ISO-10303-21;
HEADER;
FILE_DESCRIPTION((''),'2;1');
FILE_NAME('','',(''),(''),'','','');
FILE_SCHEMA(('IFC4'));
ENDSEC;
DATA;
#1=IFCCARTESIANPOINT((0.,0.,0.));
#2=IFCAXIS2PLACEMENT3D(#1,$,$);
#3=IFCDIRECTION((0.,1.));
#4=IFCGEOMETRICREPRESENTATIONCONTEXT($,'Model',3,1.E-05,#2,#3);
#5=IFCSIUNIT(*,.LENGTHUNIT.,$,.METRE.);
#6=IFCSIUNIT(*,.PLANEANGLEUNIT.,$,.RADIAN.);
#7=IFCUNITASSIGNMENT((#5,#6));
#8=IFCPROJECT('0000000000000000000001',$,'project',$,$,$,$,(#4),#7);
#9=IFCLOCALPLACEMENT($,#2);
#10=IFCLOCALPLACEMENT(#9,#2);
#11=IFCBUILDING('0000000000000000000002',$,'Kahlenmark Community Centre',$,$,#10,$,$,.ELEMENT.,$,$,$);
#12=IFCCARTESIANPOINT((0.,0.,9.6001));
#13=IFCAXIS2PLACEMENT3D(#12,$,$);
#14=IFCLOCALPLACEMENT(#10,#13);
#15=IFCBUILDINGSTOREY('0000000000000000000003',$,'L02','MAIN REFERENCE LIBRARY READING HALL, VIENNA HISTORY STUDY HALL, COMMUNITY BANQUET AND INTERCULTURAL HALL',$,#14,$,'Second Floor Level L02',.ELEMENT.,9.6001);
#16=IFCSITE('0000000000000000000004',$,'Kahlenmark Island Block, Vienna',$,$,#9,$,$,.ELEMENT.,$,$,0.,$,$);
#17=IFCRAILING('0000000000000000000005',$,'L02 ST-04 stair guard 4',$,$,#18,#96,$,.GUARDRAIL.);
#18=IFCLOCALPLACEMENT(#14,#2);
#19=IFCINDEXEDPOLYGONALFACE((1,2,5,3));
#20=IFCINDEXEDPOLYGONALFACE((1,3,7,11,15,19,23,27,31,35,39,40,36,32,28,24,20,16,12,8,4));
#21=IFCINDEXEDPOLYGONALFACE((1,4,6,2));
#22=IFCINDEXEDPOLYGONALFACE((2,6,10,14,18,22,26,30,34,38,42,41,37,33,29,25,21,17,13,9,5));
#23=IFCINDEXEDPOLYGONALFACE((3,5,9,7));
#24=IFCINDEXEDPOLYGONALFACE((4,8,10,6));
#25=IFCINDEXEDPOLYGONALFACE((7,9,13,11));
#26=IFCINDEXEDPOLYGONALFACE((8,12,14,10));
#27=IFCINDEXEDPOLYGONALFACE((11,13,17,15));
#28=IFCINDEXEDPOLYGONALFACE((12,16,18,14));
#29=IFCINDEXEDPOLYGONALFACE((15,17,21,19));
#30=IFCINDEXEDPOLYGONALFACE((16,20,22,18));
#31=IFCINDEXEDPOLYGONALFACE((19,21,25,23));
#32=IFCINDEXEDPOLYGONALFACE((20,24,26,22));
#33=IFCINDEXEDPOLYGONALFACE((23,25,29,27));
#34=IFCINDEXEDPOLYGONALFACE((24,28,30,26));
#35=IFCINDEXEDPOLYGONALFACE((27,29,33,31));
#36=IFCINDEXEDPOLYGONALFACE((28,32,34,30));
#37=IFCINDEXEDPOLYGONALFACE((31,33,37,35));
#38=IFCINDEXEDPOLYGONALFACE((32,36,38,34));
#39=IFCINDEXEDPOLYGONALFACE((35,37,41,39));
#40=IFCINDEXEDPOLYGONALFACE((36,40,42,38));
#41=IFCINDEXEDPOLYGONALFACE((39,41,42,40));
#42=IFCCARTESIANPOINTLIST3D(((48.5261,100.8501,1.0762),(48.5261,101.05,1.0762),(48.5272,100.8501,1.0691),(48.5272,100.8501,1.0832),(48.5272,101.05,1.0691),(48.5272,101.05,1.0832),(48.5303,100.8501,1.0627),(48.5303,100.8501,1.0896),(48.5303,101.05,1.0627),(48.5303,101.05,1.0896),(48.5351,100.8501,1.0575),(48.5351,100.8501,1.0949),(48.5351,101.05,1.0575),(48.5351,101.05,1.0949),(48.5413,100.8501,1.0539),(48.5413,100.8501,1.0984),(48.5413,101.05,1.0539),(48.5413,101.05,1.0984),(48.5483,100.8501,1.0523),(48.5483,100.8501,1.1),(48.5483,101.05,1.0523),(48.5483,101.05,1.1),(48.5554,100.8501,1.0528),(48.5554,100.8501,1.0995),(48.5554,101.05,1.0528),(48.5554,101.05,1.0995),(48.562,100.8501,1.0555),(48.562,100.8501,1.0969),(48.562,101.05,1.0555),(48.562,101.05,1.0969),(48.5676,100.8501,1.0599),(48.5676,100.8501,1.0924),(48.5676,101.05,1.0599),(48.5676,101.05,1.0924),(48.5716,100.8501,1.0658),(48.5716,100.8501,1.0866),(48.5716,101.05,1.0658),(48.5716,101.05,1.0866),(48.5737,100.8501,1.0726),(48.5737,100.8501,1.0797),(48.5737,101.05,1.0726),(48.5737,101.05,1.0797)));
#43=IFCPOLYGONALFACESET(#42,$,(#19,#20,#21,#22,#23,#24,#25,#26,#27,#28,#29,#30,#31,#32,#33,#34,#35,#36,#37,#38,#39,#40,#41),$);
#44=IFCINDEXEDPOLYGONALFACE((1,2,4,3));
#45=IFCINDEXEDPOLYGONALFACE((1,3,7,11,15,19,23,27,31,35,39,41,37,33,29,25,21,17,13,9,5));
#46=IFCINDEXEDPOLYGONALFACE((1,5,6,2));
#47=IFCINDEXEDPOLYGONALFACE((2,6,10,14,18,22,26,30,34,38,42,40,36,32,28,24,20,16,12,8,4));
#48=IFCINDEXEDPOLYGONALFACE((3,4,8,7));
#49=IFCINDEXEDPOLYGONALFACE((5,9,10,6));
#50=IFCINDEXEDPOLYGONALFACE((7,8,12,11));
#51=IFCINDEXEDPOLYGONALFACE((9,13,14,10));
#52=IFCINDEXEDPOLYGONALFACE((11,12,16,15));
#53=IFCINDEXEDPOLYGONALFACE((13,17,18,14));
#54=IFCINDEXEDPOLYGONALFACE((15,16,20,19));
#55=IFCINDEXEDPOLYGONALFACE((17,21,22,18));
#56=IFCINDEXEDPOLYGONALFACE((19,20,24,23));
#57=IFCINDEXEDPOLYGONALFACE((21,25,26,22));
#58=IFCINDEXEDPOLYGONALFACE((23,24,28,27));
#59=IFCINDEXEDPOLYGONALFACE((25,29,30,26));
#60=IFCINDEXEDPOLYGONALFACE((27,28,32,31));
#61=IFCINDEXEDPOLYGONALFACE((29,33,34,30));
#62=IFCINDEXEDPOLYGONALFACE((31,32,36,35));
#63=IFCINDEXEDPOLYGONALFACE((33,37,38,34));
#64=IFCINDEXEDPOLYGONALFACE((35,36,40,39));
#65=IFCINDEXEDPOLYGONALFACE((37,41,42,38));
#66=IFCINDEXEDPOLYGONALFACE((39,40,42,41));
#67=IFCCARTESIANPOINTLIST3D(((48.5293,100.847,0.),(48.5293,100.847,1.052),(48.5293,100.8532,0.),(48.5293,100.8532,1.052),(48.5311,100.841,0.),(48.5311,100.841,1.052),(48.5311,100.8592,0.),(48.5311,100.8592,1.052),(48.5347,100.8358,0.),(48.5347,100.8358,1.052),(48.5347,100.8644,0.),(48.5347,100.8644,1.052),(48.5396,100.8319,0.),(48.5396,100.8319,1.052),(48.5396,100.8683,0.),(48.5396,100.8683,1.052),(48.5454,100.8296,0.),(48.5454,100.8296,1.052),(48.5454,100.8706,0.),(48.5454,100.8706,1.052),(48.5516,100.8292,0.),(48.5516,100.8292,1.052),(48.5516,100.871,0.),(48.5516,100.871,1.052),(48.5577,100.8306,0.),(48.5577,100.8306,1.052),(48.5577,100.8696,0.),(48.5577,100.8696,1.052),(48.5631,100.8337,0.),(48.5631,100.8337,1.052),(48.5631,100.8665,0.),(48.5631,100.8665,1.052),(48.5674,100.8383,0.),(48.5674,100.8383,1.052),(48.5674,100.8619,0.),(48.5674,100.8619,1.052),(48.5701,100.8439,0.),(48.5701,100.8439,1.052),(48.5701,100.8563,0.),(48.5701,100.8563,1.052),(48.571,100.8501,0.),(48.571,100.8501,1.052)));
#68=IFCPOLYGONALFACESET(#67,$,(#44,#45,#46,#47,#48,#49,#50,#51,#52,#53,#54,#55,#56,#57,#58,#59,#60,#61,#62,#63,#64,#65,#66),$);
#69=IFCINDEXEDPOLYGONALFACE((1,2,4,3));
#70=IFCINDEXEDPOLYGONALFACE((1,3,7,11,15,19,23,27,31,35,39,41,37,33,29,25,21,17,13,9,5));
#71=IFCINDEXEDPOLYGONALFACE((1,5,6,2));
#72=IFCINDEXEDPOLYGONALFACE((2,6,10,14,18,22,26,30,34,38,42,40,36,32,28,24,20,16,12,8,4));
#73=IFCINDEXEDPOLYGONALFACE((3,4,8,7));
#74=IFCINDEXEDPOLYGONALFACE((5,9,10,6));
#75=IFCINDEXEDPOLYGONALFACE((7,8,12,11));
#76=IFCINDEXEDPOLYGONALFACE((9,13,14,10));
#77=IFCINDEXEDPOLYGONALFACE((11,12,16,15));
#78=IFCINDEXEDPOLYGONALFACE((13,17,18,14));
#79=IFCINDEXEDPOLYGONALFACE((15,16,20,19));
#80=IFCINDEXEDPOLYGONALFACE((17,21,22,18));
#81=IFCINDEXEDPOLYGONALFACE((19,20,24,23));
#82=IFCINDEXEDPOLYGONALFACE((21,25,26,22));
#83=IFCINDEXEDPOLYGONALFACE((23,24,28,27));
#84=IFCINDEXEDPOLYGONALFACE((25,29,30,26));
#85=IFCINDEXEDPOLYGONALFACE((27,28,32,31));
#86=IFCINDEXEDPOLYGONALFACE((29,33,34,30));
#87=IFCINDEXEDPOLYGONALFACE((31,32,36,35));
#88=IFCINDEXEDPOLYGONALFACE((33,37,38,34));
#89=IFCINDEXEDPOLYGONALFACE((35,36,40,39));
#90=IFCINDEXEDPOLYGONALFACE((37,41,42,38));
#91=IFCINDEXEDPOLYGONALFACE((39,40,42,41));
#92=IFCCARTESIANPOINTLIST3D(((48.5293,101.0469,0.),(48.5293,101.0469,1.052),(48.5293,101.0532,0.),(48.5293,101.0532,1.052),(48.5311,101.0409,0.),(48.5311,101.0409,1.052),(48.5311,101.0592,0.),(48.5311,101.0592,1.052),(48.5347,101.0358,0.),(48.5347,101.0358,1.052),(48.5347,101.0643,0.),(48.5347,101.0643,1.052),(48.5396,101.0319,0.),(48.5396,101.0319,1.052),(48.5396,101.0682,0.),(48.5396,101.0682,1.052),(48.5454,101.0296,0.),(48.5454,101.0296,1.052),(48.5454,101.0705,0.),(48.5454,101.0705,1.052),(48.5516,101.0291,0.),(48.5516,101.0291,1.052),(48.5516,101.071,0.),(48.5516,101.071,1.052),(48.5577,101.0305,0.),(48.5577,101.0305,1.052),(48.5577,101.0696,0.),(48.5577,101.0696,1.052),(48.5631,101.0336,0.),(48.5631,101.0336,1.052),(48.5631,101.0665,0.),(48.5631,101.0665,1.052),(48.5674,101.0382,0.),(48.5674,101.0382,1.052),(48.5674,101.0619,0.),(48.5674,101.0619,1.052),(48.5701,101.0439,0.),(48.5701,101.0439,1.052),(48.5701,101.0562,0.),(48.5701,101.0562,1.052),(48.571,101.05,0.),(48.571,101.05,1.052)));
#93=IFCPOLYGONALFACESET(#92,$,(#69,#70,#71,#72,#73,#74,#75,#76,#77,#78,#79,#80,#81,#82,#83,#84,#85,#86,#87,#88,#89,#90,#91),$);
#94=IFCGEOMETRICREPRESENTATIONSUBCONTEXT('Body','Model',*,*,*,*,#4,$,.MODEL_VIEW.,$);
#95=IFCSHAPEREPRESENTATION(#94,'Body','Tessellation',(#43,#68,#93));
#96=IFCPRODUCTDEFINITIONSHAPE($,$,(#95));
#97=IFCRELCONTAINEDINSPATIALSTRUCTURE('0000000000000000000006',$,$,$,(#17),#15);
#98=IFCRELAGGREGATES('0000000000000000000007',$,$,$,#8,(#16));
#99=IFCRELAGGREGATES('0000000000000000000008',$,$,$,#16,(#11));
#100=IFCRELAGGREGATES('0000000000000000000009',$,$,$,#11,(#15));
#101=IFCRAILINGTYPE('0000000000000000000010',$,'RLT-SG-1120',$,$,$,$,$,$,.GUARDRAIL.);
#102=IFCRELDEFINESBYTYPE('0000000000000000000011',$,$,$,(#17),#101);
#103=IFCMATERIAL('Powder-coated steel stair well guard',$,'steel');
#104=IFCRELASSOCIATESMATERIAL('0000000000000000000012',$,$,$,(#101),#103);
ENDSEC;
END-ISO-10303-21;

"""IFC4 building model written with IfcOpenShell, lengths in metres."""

from ifc_helpers import new_model, si_unit, direction, frame, origin, origin_2d, place, context, subcontext, project, spatial, circle, extrude, material, type_object, element, save


model = new_model("IFC4")

# Units and contexts
model_context = context("Model", 3, precision=1e-05, world=origin(), true_north=direction((0.0, 1.0)))
body_context = subcontext(model_context, "Body", "Model", "MODEL_VIEW")
ifc_project = project(units=[si_unit("LENGTHUNIT", "METRE"), si_unit("PLANEANGLEUNIT", "RADIAN")], contexts=[model_context])

# Site, building, storey
site_placement = place(None, origin())
site = spatial("IfcSite", under=ifc_project, at=site_placement, Name="Kahlenmark Island Block, Vienna", CompositionType="ELEMENT", RefElevation=0.0)
building_placement = place(site_placement, origin())
building = spatial("IfcBuilding", under=site, at=building_placement, Name="Kahlenmark Community Centre", CompositionType="ELEMENT")
storey_placement = place(building_placement, frame((0.0, 0.0, 9.6001)))
storey = spatial("IfcBuildingStorey", under=building, at=storey_placement, Name="L02", Description="MAIN REFERENCE LIBRARY READING HALL, VIENNA HISTORY STUDY HALL, COMMUNITY BANQUET AND INTERCULTURAL HALL", LongName="Second Floor Level L02", CompositionType="ELEMENT", Elevation=9.6001)

# Railing
ifc_material_1 = material(Name="Powder-coated steel stair well guard", Category="steel")
railing_type_1 = type_object("IfcRailingType", Name="RLT-SG-1120", PredefinedType="GUARDRAIL", material=ifc_material_1)
railing_1_placement = place(storey_placement, frame((48.55, 100.8501, 0.0)))
element("IfcRailing", 1, at=railing_1_placement, inside=storey, type_object=railing_type_1, Name="L02 ST-04 stair guard 4", PredefinedType="GUARDRAIL", context=body_context, shape_type="SweptSolid", body=[
    extrude(circle(Radius=0.0239, at=origin_2d()), frame((0.0, 0.0, 1.0762), z_axis=(0.0, 1.0, 0.0), x_axis=(-1.0, 0.0, 0.0)), (0.0, 0.0, 1.0), 0.2),
    extrude(circle(Radius=0.021, at=origin_2d()), origin(), (0.0, 0.0, 1.0), 1.052),
    extrude(circle(Radius=0.021, at=origin_2d()), frame((0.0, 0.2, 0.0)), (0.0, 0.0, 1.0), 1.052),
])

save(model, "model.ifc")
